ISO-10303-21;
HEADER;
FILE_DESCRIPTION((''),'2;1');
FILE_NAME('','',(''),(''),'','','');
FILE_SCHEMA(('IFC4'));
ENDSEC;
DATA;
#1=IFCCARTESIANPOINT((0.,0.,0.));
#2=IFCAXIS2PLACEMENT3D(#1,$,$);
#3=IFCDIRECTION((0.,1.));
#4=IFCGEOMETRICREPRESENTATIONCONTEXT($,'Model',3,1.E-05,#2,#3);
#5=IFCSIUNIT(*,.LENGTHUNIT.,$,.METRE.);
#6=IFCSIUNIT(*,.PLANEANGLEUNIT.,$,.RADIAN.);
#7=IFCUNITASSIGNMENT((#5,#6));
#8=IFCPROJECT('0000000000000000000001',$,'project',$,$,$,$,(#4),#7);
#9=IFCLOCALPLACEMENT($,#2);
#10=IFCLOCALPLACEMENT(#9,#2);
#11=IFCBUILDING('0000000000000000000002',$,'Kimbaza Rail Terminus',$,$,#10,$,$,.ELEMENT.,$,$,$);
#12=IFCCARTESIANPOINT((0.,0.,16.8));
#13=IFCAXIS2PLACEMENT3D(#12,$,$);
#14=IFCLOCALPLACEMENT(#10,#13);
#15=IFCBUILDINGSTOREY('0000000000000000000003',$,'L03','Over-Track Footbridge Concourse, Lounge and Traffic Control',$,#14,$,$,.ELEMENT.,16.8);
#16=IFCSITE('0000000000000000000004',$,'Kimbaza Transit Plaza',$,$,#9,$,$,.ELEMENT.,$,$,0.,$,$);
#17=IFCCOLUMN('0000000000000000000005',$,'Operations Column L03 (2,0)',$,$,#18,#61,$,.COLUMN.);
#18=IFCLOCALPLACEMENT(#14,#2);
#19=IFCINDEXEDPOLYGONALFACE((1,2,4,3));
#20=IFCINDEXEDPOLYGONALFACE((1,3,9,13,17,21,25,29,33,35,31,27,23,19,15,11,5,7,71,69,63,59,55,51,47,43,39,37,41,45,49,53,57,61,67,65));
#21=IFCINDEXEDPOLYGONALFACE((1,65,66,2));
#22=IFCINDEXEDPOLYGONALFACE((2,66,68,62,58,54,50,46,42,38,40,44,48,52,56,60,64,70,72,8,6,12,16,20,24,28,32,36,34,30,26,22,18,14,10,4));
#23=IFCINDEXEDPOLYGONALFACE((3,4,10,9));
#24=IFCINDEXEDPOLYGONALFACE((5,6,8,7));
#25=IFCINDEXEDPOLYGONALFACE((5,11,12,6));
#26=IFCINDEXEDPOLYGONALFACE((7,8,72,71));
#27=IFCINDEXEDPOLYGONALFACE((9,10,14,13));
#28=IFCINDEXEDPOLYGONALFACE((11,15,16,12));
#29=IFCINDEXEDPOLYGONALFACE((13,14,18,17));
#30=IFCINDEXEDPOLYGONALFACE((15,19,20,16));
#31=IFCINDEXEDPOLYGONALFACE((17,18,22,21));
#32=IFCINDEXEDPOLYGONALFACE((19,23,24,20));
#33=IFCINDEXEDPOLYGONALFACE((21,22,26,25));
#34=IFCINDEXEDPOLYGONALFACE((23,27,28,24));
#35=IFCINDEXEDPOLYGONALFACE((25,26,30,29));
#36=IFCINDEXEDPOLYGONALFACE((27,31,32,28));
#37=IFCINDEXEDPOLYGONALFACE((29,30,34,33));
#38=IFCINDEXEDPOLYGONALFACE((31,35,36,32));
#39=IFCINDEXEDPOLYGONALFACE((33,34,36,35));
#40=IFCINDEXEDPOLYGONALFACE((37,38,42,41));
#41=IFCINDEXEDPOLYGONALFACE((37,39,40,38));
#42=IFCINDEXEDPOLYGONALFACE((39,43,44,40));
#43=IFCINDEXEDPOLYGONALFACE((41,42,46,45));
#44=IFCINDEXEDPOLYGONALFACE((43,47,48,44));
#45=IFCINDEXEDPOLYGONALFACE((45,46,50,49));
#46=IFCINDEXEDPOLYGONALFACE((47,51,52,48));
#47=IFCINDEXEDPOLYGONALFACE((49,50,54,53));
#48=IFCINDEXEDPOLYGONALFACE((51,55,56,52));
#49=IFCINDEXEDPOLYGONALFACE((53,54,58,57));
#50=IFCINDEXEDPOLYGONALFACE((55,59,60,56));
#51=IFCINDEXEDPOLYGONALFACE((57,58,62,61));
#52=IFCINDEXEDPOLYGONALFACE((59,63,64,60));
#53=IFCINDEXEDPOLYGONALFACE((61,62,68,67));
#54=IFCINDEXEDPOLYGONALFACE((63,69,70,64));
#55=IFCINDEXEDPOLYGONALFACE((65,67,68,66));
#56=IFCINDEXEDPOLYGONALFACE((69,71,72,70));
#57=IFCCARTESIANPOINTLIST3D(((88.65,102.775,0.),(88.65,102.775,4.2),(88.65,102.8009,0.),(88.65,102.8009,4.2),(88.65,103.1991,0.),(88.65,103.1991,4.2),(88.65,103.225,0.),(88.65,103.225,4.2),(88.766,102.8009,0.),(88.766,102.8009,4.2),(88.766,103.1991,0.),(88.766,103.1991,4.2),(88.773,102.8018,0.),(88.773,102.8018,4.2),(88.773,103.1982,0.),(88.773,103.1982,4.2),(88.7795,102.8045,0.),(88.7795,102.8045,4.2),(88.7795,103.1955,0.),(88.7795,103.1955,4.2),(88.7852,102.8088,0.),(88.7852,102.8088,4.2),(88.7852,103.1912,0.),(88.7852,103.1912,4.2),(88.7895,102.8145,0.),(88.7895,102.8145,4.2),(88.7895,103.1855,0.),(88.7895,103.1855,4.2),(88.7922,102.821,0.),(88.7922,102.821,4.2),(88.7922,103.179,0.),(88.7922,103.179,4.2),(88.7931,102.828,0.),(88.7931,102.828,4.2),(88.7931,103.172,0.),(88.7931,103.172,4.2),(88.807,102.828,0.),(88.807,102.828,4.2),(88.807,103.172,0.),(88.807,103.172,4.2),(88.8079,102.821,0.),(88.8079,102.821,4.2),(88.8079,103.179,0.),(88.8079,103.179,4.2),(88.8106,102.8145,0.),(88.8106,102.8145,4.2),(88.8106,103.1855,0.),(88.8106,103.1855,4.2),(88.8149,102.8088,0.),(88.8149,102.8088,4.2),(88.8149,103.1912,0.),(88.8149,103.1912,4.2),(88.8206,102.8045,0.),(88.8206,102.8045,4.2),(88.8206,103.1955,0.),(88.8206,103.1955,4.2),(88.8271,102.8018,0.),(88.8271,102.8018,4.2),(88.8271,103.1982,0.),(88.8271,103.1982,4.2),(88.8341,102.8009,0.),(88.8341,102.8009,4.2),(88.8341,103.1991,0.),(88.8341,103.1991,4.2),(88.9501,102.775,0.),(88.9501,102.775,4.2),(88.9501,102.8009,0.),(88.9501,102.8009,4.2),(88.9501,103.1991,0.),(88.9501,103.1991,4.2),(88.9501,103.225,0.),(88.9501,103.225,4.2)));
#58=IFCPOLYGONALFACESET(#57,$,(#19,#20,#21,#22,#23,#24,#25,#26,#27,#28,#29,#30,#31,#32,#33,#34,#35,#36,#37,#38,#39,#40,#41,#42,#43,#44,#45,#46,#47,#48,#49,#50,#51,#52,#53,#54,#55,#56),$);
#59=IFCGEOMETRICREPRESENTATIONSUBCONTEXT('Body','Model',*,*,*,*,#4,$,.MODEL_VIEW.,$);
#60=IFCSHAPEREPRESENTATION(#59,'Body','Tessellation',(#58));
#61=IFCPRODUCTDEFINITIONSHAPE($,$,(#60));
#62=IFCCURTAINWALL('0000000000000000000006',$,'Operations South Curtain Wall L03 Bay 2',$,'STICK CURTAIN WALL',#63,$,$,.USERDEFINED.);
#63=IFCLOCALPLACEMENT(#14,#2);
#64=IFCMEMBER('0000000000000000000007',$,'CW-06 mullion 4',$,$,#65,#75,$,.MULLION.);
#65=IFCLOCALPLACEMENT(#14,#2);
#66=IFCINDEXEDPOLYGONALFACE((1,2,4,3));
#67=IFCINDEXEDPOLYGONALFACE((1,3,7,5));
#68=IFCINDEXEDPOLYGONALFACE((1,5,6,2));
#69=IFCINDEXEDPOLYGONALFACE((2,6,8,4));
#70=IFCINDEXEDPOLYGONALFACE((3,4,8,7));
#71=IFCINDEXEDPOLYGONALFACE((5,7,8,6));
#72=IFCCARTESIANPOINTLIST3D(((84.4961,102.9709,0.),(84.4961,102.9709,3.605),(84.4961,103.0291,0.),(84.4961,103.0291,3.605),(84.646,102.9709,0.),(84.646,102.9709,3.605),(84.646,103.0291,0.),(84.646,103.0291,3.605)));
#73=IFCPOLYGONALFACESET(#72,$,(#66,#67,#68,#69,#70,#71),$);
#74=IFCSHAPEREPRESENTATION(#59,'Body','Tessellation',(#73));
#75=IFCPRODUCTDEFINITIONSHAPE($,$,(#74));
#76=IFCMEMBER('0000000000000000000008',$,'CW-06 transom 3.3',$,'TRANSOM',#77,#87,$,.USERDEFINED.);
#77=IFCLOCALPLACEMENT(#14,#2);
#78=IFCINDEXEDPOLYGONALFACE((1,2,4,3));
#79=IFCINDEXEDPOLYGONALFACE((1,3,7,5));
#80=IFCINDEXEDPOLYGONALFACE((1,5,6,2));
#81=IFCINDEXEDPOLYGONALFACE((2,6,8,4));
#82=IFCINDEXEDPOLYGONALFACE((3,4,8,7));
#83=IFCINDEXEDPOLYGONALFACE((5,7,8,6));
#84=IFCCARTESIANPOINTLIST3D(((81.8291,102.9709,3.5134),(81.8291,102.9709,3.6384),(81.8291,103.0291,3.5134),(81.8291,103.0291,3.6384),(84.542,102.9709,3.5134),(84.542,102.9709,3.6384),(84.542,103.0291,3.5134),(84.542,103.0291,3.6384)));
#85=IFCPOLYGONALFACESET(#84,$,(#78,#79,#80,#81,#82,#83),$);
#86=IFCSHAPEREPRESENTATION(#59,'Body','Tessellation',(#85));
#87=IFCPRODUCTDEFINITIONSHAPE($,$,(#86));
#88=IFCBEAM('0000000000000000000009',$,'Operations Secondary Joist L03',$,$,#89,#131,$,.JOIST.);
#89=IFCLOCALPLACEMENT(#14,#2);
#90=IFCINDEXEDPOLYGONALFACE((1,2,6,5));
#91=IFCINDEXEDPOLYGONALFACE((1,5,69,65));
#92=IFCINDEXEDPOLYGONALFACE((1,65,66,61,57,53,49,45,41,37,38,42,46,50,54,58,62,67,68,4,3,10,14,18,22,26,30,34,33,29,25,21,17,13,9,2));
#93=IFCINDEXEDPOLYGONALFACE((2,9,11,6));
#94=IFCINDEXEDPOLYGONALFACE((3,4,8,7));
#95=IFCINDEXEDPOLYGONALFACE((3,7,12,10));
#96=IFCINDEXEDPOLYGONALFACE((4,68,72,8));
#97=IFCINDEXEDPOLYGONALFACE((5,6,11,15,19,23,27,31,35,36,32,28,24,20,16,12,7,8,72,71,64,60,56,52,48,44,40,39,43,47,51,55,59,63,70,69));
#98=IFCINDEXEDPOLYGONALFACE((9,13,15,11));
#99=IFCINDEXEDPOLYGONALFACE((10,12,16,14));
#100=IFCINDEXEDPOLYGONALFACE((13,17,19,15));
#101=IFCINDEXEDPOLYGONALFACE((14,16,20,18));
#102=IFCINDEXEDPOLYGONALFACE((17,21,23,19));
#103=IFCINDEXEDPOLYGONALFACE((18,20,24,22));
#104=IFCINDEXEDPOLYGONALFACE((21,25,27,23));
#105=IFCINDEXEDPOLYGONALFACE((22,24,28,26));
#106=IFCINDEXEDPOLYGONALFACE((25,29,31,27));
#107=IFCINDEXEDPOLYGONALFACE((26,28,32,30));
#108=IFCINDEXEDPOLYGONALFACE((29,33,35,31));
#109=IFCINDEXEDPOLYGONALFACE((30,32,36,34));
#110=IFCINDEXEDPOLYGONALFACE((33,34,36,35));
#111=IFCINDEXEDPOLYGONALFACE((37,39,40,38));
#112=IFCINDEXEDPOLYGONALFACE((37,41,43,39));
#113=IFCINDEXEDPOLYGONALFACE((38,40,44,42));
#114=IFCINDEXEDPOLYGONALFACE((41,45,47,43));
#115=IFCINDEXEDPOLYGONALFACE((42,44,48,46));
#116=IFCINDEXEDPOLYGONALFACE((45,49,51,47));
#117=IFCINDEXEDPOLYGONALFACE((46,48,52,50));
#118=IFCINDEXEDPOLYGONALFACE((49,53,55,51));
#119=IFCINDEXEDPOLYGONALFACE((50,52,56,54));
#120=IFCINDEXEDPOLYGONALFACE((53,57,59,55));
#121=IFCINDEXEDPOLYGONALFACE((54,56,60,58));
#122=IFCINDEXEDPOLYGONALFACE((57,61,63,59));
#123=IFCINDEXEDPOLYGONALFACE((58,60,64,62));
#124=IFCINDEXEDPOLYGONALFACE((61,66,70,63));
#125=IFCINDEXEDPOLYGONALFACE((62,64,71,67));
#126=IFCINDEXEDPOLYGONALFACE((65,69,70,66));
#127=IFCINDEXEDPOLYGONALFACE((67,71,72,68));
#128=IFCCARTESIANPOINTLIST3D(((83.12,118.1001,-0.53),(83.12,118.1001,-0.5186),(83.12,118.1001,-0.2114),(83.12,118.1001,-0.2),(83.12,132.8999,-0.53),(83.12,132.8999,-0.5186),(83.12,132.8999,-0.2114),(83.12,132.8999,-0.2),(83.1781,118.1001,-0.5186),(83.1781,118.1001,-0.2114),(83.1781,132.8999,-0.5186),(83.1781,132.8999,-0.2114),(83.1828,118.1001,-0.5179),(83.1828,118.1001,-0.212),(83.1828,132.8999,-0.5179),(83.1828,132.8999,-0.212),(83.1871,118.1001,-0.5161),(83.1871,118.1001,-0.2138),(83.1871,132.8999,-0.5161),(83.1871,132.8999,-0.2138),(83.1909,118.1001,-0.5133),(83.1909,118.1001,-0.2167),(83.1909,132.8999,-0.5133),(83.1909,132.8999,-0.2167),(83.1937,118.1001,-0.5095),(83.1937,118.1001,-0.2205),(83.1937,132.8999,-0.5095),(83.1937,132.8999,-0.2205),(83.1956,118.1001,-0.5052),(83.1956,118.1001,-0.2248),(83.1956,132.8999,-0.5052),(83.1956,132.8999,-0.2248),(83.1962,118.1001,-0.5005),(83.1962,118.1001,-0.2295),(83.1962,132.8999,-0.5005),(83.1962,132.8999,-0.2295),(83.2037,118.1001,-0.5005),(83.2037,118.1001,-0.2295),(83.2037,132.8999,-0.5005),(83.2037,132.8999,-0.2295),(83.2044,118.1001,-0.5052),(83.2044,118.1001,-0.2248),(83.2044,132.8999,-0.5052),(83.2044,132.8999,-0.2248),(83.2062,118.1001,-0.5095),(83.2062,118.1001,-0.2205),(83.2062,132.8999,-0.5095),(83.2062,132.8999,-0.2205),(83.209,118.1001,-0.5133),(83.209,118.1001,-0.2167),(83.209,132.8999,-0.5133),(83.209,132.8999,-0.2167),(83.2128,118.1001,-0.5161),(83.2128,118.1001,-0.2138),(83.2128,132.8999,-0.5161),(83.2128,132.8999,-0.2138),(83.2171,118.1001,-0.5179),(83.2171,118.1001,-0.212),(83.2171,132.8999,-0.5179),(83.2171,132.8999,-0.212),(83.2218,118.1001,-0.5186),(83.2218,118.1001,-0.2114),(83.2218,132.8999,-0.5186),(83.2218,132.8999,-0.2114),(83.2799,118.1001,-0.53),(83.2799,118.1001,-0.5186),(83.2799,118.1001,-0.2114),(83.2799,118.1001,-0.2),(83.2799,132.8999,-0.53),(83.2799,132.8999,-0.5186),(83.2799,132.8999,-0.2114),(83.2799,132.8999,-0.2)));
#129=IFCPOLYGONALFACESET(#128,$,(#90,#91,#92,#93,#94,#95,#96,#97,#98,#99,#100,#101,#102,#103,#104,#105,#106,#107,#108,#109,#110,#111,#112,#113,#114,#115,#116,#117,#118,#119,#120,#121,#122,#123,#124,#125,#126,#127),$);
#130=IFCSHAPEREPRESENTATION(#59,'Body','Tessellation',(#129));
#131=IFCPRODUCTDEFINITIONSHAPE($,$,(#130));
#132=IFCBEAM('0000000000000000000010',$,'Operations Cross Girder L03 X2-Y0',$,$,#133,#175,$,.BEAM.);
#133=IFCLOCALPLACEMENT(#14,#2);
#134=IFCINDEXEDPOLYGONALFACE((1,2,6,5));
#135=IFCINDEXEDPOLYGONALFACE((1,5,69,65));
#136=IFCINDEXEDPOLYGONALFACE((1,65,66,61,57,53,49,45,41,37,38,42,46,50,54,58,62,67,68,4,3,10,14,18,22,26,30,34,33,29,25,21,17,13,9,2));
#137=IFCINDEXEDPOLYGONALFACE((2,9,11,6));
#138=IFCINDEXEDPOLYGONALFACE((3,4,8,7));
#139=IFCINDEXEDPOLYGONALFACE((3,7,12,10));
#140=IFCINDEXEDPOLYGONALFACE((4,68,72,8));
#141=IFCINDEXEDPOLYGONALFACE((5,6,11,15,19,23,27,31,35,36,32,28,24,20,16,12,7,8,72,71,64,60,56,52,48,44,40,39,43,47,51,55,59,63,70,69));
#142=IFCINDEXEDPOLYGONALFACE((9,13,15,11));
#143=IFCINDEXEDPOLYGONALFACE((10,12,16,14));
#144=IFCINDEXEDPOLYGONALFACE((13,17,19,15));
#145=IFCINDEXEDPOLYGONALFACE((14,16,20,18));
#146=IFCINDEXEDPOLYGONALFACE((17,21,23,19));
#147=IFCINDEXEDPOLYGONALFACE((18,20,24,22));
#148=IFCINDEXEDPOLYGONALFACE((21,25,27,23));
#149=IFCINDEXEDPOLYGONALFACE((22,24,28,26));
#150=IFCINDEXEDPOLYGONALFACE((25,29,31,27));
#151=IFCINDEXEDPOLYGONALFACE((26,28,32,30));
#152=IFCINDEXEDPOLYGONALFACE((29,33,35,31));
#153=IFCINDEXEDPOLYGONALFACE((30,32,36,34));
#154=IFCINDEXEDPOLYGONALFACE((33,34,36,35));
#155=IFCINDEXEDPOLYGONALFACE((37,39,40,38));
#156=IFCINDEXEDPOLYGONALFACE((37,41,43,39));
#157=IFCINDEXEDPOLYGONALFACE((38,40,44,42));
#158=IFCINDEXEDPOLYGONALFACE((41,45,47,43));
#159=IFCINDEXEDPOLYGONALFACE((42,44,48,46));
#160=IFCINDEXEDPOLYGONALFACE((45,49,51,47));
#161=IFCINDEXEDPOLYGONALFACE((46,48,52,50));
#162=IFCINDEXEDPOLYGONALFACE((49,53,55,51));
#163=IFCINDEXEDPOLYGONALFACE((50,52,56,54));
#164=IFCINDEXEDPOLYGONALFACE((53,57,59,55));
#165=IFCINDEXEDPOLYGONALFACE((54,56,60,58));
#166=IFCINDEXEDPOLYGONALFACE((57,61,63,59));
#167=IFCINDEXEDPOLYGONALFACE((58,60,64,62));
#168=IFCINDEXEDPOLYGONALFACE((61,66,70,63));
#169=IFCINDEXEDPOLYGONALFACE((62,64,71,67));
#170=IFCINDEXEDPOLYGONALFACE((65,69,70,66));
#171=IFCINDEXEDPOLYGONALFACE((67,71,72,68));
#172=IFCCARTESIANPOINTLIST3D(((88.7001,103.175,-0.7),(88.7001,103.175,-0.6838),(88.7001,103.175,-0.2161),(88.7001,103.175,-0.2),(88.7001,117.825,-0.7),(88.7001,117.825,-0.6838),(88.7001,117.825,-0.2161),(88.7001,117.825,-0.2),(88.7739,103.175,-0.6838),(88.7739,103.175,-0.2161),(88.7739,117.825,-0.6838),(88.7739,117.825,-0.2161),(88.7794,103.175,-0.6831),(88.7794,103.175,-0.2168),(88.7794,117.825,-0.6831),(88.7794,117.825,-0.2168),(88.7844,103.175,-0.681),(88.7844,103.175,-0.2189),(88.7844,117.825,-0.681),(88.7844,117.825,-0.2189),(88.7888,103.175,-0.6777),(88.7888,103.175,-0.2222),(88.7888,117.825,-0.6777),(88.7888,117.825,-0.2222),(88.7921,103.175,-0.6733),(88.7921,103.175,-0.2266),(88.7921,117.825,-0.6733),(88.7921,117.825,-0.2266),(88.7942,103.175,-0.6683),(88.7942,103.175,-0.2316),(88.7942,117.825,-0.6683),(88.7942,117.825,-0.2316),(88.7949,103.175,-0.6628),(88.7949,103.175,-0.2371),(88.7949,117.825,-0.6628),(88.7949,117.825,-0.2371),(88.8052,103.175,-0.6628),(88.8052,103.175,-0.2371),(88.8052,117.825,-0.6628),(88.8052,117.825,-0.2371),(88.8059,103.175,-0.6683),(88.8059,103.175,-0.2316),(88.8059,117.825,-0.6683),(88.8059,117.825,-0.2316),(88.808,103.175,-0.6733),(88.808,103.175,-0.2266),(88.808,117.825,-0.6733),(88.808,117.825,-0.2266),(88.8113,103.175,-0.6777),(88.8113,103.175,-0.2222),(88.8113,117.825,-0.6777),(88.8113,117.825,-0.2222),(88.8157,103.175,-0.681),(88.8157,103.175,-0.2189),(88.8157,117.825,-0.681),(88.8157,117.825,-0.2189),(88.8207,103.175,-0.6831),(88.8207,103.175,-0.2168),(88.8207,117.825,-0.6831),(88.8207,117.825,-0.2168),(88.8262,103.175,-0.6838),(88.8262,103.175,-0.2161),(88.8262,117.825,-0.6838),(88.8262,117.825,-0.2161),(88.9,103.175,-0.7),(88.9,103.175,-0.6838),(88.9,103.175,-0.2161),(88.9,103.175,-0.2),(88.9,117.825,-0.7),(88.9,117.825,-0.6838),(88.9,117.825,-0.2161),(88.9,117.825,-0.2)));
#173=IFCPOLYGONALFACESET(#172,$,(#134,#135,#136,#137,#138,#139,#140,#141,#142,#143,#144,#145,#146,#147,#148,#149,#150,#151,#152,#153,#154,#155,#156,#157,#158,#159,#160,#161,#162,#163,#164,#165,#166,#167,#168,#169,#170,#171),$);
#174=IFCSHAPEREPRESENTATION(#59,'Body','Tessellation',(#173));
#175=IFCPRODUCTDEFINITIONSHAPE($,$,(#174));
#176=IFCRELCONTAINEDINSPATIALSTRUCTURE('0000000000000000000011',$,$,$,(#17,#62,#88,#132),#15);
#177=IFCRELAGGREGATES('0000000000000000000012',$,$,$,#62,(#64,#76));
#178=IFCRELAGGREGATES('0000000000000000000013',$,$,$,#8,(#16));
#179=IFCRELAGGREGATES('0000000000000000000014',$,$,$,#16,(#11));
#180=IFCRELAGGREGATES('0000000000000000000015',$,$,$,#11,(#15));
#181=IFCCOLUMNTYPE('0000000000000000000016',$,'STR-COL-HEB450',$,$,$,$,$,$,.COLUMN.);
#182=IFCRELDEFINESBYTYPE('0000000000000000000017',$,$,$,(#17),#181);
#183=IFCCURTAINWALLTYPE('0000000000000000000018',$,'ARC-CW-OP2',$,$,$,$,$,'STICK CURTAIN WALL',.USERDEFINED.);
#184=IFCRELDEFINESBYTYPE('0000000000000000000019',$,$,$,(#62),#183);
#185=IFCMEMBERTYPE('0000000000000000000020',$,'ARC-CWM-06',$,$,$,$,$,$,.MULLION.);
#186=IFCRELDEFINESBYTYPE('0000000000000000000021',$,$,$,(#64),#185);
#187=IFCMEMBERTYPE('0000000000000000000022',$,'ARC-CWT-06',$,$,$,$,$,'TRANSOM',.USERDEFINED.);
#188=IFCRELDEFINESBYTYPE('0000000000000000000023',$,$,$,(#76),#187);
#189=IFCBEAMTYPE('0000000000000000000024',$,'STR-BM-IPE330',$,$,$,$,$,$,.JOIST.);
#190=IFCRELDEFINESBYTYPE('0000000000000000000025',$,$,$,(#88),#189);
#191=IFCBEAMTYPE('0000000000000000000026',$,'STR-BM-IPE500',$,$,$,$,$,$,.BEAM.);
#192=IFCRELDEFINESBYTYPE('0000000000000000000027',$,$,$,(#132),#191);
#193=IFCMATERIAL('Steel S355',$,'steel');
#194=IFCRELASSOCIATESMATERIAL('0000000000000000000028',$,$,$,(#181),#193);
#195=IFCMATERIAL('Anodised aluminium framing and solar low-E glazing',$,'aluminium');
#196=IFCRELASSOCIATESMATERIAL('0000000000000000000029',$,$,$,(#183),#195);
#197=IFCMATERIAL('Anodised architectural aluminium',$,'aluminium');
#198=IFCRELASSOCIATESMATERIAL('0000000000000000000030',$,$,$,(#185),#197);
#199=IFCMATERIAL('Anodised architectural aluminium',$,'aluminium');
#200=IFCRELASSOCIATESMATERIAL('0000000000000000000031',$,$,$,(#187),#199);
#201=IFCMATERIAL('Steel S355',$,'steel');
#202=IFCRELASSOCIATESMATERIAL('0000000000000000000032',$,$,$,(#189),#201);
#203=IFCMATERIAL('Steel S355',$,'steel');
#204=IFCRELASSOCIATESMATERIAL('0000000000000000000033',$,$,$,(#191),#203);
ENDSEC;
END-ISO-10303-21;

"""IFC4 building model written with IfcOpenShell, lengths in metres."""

from ifc_helpers import new_model, si_unit, direction, frame, origin, origin_2d, place, context, subcontext, project, spatial, rectangle, i_section, extrude, material, material_profile, profile_set, type_object, element, aggregate, save


model = new_model("IFC4")

# Units and contexts
model_context = context("Model", 3, precision=1e-05, world=origin(), true_north=direction((0.0, 1.0)))
body_context = subcontext(model_context, "Body", "Model", "MODEL_VIEW")
ifc_project = project(units=[si_unit("LENGTHUNIT", "METRE"), si_unit("PLANEANGLEUNIT", "RADIAN")], contexts=[model_context])

# Site, building, storey
site_placement = place(None, origin())
site = spatial("IfcSite", under=ifc_project, at=site_placement, Name="Kimbaza Transit Plaza", CompositionType="ELEMENT", RefElevation=0.0)
building_placement = place(site_placement, origin())
building = spatial("IfcBuilding", under=site, at=building_placement, Name="Kimbaza Rail Terminus", CompositionType="ELEMENT")
storey_placement = place(building_placement, frame((0.0, 0.0, 16.8)))
storey = spatial("IfcBuildingStorey", under=building, at=storey_placement, Name="L03", Description="Over-Track Footbridge Concourse, Lounge and Traffic Control", CompositionType="ELEMENT", Elevation=16.8)

# Column
ifc_material_1 = material(Name="Steel S355", Category="steel")
ifc_material_profile_1 = material_profile(ifc_material_1, i_section(OverallWidth=0.3, OverallDepth=0.45, WebThickness=0.0139, FlangeThickness=0.0259, FilletRadius=0.0271, at=origin_2d()), Name="HEB 450")
ifc_profile_set_1 = profile_set([ifc_material_profile_1], Name="Steel S355")
column_type = type_object("IfcColumnType", Name="STR-COL-HEB450", PredefinedType="COLUMN", material=ifc_profile_set_1)
column_placement = place(storey_placement, frame((88.8, 103.0, 0.0), z_axis=(0.0, 0.0, 1.0), x_axis=(1.0, 0.0, 0.0)))
element("IfcColumn", 1, at=column_placement, inside=storey, type_object=column_type, Name="Operations Column L03 (2,0)", PredefinedType="COLUMN", context=body_context, shape_type="SweptSolid", body=[
    extrude(i_section(OverallWidth=0.3, OverallDepth=0.45, WebThickness=0.0139, FlangeThickness=0.0259, FilletRadius=0.0271, at=origin_2d()), origin(), (0.0, 0.0, 1.0), 4.2),
])

# Curtain wall, members
ifc_material_2 = material(Name="Anodised aluminium framing and solar low-E glazing", Category="aluminium")
curtain_wall_type = type_object("IfcCurtainWallType", Name="ARC-CW-OP2", ElementType="STICK CURTAIN WALL", PredefinedType="USERDEFINED", material=ifc_material_2)
curtain_wall_placement = place(storey_placement, origin())
curtain_wall = element("IfcCurtainWall", 2, at=curtain_wall_placement, inside=storey, type_object=curtain_wall_type, Name="Operations South Curtain Wall L03 Bay 2", ObjectType="STICK CURTAIN WALL", PredefinedType="USERDEFINED")
ifc_material_3 = material(Name="Anodised architectural aluminium", Category="aluminium")
ifc_material_profile_2 = material_profile(ifc_material_3, rectangle(XDim=0.0581, YDim=0.1499, at=origin_2d()), Name="MULLION 58x150")
ifc_profile_set_2 = profile_set([ifc_material_profile_2], Name="Anodised architectural aluminium")
member_type_1 = type_object("IfcMemberType", Name="ARC-CWM-06", PredefinedType="MULLION", material=ifc_profile_set_2)
member_1_placement = place(storey_placement, frame((84.571, 103.0, 0.0), z_axis=(0.0, 0.0, 1.0), x_axis=(0.0, 1.0, 0.0)))
member_1 = element("IfcMember", 3, at=member_1_placement, type_object=member_type_1, Name="CW-06 mullion 4", PredefinedType="MULLION", context=body_context, shape_type="SweptSolid", body=[
    extrude(rectangle(XDim=0.0581, YDim=0.1499, at=origin_2d()), origin(), (0.0, 0.0, 1.0), 3.605),
])
ifc_material_4 = material(Name="Anodised architectural aluminium", Category="aluminium")
ifc_material_profile_3 = material_profile(ifc_material_4, rectangle(XDim=0.0581, YDim=0.125, at=origin_2d()), Name="TRANSOM 58x125")
ifc_profile_set_3 = profile_set([ifc_material_profile_3], Name="Anodised architectural aluminium")
member_type_2 = type_object("IfcMemberType", Name="ARC-CWT-06", ElementType="TRANSOM", PredefinedType="USERDEFINED", material=ifc_profile_set_3)
member_2_placement = place(storey_placement, frame((81.8291, 103.0, 3.5759), z_axis=(1.0, 0.0, 0.0), x_axis=(0.0, 1.0, 0.0)))
member_2 = element("IfcMember", 4, at=member_2_placement, type_object=member_type_2, Name="CW-06 transom 3.3", ObjectType="TRANSOM", PredefinedType="USERDEFINED", context=body_context, shape_type="SweptSolid", body=[
    extrude(rectangle(XDim=0.0581, YDim=0.125, at=origin_2d()), origin(), (0.0, 0.0, 1.0), 2.7129),
])

# Beams
ifc_material_5 = material(Name="Steel S355", Category="steel")
ifc_material_profile_4 = material_profile(ifc_material_5, i_section(OverallWidth=0.1599, OverallDepth=0.3301, WebThickness=0.0076, FlangeThickness=0.0115, FilletRadius=0.0181, at=origin_2d()), Name="IPE 330")
ifc_profile_set_4 = profile_set([ifc_material_profile_4], Name="Steel S355")
beam_type_1 = type_object("IfcBeamType", Name="STR-BM-IPE330", PredefinedType="JOIST", material=ifc_profile_set_4)
beam_1_placement = place(storey_placement, frame((83.2, 118.1001, -0.365), z_axis=(0.0, 1.0, 0.0), x_axis=(-1.0, 0.0, 0.0)))
element("IfcBeam", 5, at=beam_1_placement, inside=storey, type_object=beam_type_1, Name="Operations Secondary Joist L03", PredefinedType="JOIST", context=body_context, shape_type="SweptSolid", body=[
    extrude(i_section(OverallWidth=0.1599, OverallDepth=0.3301, WebThickness=0.0076, FlangeThickness=0.0115, FilletRadius=0.0181, at=origin_2d()), origin(), (0.0, 0.0, 1.0), 14.7998),
])
ifc_material_6 = material(Name="Steel S355", Category="steel")
ifc_material_profile_5 = material_profile(ifc_material_6, i_section(OverallWidth=0.2, OverallDepth=0.5, WebThickness=0.0103, FlangeThickness=0.0161, FilletRadius=0.021, at=origin_2d()), Name="IPE 500")
ifc_profile_set_5 = profile_set([ifc_material_profile_5], Name="Steel S355")
beam_type_2 = type_object("IfcBeamType", Name="STR-BM-IPE500", PredefinedType="BEAM", material=ifc_profile_set_5)
beam_2_placement = place(storey_placement, frame((88.8, 103.175, -0.45), z_axis=(0.0, 1.0, 0.0), x_axis=(-1.0, 0.0, 0.0)))
element("IfcBeam", 6, at=beam_2_placement, inside=storey, type_object=beam_type_2, Name="Operations Cross Girder L03 X2-Y0", PredefinedType="BEAM", context=body_context, shape_type="SweptSolid", body=[
    extrude(i_section(OverallWidth=0.2, OverallDepth=0.5, WebThickness=0.0103, FlangeThickness=0.0161, FilletRadius=0.021, at=origin_2d()), origin(), (0.0, 0.0, 1.0), 14.6499),
])

aggregate(curtain_wall, [member_1, member_2])

save(model, "model.ifc")
